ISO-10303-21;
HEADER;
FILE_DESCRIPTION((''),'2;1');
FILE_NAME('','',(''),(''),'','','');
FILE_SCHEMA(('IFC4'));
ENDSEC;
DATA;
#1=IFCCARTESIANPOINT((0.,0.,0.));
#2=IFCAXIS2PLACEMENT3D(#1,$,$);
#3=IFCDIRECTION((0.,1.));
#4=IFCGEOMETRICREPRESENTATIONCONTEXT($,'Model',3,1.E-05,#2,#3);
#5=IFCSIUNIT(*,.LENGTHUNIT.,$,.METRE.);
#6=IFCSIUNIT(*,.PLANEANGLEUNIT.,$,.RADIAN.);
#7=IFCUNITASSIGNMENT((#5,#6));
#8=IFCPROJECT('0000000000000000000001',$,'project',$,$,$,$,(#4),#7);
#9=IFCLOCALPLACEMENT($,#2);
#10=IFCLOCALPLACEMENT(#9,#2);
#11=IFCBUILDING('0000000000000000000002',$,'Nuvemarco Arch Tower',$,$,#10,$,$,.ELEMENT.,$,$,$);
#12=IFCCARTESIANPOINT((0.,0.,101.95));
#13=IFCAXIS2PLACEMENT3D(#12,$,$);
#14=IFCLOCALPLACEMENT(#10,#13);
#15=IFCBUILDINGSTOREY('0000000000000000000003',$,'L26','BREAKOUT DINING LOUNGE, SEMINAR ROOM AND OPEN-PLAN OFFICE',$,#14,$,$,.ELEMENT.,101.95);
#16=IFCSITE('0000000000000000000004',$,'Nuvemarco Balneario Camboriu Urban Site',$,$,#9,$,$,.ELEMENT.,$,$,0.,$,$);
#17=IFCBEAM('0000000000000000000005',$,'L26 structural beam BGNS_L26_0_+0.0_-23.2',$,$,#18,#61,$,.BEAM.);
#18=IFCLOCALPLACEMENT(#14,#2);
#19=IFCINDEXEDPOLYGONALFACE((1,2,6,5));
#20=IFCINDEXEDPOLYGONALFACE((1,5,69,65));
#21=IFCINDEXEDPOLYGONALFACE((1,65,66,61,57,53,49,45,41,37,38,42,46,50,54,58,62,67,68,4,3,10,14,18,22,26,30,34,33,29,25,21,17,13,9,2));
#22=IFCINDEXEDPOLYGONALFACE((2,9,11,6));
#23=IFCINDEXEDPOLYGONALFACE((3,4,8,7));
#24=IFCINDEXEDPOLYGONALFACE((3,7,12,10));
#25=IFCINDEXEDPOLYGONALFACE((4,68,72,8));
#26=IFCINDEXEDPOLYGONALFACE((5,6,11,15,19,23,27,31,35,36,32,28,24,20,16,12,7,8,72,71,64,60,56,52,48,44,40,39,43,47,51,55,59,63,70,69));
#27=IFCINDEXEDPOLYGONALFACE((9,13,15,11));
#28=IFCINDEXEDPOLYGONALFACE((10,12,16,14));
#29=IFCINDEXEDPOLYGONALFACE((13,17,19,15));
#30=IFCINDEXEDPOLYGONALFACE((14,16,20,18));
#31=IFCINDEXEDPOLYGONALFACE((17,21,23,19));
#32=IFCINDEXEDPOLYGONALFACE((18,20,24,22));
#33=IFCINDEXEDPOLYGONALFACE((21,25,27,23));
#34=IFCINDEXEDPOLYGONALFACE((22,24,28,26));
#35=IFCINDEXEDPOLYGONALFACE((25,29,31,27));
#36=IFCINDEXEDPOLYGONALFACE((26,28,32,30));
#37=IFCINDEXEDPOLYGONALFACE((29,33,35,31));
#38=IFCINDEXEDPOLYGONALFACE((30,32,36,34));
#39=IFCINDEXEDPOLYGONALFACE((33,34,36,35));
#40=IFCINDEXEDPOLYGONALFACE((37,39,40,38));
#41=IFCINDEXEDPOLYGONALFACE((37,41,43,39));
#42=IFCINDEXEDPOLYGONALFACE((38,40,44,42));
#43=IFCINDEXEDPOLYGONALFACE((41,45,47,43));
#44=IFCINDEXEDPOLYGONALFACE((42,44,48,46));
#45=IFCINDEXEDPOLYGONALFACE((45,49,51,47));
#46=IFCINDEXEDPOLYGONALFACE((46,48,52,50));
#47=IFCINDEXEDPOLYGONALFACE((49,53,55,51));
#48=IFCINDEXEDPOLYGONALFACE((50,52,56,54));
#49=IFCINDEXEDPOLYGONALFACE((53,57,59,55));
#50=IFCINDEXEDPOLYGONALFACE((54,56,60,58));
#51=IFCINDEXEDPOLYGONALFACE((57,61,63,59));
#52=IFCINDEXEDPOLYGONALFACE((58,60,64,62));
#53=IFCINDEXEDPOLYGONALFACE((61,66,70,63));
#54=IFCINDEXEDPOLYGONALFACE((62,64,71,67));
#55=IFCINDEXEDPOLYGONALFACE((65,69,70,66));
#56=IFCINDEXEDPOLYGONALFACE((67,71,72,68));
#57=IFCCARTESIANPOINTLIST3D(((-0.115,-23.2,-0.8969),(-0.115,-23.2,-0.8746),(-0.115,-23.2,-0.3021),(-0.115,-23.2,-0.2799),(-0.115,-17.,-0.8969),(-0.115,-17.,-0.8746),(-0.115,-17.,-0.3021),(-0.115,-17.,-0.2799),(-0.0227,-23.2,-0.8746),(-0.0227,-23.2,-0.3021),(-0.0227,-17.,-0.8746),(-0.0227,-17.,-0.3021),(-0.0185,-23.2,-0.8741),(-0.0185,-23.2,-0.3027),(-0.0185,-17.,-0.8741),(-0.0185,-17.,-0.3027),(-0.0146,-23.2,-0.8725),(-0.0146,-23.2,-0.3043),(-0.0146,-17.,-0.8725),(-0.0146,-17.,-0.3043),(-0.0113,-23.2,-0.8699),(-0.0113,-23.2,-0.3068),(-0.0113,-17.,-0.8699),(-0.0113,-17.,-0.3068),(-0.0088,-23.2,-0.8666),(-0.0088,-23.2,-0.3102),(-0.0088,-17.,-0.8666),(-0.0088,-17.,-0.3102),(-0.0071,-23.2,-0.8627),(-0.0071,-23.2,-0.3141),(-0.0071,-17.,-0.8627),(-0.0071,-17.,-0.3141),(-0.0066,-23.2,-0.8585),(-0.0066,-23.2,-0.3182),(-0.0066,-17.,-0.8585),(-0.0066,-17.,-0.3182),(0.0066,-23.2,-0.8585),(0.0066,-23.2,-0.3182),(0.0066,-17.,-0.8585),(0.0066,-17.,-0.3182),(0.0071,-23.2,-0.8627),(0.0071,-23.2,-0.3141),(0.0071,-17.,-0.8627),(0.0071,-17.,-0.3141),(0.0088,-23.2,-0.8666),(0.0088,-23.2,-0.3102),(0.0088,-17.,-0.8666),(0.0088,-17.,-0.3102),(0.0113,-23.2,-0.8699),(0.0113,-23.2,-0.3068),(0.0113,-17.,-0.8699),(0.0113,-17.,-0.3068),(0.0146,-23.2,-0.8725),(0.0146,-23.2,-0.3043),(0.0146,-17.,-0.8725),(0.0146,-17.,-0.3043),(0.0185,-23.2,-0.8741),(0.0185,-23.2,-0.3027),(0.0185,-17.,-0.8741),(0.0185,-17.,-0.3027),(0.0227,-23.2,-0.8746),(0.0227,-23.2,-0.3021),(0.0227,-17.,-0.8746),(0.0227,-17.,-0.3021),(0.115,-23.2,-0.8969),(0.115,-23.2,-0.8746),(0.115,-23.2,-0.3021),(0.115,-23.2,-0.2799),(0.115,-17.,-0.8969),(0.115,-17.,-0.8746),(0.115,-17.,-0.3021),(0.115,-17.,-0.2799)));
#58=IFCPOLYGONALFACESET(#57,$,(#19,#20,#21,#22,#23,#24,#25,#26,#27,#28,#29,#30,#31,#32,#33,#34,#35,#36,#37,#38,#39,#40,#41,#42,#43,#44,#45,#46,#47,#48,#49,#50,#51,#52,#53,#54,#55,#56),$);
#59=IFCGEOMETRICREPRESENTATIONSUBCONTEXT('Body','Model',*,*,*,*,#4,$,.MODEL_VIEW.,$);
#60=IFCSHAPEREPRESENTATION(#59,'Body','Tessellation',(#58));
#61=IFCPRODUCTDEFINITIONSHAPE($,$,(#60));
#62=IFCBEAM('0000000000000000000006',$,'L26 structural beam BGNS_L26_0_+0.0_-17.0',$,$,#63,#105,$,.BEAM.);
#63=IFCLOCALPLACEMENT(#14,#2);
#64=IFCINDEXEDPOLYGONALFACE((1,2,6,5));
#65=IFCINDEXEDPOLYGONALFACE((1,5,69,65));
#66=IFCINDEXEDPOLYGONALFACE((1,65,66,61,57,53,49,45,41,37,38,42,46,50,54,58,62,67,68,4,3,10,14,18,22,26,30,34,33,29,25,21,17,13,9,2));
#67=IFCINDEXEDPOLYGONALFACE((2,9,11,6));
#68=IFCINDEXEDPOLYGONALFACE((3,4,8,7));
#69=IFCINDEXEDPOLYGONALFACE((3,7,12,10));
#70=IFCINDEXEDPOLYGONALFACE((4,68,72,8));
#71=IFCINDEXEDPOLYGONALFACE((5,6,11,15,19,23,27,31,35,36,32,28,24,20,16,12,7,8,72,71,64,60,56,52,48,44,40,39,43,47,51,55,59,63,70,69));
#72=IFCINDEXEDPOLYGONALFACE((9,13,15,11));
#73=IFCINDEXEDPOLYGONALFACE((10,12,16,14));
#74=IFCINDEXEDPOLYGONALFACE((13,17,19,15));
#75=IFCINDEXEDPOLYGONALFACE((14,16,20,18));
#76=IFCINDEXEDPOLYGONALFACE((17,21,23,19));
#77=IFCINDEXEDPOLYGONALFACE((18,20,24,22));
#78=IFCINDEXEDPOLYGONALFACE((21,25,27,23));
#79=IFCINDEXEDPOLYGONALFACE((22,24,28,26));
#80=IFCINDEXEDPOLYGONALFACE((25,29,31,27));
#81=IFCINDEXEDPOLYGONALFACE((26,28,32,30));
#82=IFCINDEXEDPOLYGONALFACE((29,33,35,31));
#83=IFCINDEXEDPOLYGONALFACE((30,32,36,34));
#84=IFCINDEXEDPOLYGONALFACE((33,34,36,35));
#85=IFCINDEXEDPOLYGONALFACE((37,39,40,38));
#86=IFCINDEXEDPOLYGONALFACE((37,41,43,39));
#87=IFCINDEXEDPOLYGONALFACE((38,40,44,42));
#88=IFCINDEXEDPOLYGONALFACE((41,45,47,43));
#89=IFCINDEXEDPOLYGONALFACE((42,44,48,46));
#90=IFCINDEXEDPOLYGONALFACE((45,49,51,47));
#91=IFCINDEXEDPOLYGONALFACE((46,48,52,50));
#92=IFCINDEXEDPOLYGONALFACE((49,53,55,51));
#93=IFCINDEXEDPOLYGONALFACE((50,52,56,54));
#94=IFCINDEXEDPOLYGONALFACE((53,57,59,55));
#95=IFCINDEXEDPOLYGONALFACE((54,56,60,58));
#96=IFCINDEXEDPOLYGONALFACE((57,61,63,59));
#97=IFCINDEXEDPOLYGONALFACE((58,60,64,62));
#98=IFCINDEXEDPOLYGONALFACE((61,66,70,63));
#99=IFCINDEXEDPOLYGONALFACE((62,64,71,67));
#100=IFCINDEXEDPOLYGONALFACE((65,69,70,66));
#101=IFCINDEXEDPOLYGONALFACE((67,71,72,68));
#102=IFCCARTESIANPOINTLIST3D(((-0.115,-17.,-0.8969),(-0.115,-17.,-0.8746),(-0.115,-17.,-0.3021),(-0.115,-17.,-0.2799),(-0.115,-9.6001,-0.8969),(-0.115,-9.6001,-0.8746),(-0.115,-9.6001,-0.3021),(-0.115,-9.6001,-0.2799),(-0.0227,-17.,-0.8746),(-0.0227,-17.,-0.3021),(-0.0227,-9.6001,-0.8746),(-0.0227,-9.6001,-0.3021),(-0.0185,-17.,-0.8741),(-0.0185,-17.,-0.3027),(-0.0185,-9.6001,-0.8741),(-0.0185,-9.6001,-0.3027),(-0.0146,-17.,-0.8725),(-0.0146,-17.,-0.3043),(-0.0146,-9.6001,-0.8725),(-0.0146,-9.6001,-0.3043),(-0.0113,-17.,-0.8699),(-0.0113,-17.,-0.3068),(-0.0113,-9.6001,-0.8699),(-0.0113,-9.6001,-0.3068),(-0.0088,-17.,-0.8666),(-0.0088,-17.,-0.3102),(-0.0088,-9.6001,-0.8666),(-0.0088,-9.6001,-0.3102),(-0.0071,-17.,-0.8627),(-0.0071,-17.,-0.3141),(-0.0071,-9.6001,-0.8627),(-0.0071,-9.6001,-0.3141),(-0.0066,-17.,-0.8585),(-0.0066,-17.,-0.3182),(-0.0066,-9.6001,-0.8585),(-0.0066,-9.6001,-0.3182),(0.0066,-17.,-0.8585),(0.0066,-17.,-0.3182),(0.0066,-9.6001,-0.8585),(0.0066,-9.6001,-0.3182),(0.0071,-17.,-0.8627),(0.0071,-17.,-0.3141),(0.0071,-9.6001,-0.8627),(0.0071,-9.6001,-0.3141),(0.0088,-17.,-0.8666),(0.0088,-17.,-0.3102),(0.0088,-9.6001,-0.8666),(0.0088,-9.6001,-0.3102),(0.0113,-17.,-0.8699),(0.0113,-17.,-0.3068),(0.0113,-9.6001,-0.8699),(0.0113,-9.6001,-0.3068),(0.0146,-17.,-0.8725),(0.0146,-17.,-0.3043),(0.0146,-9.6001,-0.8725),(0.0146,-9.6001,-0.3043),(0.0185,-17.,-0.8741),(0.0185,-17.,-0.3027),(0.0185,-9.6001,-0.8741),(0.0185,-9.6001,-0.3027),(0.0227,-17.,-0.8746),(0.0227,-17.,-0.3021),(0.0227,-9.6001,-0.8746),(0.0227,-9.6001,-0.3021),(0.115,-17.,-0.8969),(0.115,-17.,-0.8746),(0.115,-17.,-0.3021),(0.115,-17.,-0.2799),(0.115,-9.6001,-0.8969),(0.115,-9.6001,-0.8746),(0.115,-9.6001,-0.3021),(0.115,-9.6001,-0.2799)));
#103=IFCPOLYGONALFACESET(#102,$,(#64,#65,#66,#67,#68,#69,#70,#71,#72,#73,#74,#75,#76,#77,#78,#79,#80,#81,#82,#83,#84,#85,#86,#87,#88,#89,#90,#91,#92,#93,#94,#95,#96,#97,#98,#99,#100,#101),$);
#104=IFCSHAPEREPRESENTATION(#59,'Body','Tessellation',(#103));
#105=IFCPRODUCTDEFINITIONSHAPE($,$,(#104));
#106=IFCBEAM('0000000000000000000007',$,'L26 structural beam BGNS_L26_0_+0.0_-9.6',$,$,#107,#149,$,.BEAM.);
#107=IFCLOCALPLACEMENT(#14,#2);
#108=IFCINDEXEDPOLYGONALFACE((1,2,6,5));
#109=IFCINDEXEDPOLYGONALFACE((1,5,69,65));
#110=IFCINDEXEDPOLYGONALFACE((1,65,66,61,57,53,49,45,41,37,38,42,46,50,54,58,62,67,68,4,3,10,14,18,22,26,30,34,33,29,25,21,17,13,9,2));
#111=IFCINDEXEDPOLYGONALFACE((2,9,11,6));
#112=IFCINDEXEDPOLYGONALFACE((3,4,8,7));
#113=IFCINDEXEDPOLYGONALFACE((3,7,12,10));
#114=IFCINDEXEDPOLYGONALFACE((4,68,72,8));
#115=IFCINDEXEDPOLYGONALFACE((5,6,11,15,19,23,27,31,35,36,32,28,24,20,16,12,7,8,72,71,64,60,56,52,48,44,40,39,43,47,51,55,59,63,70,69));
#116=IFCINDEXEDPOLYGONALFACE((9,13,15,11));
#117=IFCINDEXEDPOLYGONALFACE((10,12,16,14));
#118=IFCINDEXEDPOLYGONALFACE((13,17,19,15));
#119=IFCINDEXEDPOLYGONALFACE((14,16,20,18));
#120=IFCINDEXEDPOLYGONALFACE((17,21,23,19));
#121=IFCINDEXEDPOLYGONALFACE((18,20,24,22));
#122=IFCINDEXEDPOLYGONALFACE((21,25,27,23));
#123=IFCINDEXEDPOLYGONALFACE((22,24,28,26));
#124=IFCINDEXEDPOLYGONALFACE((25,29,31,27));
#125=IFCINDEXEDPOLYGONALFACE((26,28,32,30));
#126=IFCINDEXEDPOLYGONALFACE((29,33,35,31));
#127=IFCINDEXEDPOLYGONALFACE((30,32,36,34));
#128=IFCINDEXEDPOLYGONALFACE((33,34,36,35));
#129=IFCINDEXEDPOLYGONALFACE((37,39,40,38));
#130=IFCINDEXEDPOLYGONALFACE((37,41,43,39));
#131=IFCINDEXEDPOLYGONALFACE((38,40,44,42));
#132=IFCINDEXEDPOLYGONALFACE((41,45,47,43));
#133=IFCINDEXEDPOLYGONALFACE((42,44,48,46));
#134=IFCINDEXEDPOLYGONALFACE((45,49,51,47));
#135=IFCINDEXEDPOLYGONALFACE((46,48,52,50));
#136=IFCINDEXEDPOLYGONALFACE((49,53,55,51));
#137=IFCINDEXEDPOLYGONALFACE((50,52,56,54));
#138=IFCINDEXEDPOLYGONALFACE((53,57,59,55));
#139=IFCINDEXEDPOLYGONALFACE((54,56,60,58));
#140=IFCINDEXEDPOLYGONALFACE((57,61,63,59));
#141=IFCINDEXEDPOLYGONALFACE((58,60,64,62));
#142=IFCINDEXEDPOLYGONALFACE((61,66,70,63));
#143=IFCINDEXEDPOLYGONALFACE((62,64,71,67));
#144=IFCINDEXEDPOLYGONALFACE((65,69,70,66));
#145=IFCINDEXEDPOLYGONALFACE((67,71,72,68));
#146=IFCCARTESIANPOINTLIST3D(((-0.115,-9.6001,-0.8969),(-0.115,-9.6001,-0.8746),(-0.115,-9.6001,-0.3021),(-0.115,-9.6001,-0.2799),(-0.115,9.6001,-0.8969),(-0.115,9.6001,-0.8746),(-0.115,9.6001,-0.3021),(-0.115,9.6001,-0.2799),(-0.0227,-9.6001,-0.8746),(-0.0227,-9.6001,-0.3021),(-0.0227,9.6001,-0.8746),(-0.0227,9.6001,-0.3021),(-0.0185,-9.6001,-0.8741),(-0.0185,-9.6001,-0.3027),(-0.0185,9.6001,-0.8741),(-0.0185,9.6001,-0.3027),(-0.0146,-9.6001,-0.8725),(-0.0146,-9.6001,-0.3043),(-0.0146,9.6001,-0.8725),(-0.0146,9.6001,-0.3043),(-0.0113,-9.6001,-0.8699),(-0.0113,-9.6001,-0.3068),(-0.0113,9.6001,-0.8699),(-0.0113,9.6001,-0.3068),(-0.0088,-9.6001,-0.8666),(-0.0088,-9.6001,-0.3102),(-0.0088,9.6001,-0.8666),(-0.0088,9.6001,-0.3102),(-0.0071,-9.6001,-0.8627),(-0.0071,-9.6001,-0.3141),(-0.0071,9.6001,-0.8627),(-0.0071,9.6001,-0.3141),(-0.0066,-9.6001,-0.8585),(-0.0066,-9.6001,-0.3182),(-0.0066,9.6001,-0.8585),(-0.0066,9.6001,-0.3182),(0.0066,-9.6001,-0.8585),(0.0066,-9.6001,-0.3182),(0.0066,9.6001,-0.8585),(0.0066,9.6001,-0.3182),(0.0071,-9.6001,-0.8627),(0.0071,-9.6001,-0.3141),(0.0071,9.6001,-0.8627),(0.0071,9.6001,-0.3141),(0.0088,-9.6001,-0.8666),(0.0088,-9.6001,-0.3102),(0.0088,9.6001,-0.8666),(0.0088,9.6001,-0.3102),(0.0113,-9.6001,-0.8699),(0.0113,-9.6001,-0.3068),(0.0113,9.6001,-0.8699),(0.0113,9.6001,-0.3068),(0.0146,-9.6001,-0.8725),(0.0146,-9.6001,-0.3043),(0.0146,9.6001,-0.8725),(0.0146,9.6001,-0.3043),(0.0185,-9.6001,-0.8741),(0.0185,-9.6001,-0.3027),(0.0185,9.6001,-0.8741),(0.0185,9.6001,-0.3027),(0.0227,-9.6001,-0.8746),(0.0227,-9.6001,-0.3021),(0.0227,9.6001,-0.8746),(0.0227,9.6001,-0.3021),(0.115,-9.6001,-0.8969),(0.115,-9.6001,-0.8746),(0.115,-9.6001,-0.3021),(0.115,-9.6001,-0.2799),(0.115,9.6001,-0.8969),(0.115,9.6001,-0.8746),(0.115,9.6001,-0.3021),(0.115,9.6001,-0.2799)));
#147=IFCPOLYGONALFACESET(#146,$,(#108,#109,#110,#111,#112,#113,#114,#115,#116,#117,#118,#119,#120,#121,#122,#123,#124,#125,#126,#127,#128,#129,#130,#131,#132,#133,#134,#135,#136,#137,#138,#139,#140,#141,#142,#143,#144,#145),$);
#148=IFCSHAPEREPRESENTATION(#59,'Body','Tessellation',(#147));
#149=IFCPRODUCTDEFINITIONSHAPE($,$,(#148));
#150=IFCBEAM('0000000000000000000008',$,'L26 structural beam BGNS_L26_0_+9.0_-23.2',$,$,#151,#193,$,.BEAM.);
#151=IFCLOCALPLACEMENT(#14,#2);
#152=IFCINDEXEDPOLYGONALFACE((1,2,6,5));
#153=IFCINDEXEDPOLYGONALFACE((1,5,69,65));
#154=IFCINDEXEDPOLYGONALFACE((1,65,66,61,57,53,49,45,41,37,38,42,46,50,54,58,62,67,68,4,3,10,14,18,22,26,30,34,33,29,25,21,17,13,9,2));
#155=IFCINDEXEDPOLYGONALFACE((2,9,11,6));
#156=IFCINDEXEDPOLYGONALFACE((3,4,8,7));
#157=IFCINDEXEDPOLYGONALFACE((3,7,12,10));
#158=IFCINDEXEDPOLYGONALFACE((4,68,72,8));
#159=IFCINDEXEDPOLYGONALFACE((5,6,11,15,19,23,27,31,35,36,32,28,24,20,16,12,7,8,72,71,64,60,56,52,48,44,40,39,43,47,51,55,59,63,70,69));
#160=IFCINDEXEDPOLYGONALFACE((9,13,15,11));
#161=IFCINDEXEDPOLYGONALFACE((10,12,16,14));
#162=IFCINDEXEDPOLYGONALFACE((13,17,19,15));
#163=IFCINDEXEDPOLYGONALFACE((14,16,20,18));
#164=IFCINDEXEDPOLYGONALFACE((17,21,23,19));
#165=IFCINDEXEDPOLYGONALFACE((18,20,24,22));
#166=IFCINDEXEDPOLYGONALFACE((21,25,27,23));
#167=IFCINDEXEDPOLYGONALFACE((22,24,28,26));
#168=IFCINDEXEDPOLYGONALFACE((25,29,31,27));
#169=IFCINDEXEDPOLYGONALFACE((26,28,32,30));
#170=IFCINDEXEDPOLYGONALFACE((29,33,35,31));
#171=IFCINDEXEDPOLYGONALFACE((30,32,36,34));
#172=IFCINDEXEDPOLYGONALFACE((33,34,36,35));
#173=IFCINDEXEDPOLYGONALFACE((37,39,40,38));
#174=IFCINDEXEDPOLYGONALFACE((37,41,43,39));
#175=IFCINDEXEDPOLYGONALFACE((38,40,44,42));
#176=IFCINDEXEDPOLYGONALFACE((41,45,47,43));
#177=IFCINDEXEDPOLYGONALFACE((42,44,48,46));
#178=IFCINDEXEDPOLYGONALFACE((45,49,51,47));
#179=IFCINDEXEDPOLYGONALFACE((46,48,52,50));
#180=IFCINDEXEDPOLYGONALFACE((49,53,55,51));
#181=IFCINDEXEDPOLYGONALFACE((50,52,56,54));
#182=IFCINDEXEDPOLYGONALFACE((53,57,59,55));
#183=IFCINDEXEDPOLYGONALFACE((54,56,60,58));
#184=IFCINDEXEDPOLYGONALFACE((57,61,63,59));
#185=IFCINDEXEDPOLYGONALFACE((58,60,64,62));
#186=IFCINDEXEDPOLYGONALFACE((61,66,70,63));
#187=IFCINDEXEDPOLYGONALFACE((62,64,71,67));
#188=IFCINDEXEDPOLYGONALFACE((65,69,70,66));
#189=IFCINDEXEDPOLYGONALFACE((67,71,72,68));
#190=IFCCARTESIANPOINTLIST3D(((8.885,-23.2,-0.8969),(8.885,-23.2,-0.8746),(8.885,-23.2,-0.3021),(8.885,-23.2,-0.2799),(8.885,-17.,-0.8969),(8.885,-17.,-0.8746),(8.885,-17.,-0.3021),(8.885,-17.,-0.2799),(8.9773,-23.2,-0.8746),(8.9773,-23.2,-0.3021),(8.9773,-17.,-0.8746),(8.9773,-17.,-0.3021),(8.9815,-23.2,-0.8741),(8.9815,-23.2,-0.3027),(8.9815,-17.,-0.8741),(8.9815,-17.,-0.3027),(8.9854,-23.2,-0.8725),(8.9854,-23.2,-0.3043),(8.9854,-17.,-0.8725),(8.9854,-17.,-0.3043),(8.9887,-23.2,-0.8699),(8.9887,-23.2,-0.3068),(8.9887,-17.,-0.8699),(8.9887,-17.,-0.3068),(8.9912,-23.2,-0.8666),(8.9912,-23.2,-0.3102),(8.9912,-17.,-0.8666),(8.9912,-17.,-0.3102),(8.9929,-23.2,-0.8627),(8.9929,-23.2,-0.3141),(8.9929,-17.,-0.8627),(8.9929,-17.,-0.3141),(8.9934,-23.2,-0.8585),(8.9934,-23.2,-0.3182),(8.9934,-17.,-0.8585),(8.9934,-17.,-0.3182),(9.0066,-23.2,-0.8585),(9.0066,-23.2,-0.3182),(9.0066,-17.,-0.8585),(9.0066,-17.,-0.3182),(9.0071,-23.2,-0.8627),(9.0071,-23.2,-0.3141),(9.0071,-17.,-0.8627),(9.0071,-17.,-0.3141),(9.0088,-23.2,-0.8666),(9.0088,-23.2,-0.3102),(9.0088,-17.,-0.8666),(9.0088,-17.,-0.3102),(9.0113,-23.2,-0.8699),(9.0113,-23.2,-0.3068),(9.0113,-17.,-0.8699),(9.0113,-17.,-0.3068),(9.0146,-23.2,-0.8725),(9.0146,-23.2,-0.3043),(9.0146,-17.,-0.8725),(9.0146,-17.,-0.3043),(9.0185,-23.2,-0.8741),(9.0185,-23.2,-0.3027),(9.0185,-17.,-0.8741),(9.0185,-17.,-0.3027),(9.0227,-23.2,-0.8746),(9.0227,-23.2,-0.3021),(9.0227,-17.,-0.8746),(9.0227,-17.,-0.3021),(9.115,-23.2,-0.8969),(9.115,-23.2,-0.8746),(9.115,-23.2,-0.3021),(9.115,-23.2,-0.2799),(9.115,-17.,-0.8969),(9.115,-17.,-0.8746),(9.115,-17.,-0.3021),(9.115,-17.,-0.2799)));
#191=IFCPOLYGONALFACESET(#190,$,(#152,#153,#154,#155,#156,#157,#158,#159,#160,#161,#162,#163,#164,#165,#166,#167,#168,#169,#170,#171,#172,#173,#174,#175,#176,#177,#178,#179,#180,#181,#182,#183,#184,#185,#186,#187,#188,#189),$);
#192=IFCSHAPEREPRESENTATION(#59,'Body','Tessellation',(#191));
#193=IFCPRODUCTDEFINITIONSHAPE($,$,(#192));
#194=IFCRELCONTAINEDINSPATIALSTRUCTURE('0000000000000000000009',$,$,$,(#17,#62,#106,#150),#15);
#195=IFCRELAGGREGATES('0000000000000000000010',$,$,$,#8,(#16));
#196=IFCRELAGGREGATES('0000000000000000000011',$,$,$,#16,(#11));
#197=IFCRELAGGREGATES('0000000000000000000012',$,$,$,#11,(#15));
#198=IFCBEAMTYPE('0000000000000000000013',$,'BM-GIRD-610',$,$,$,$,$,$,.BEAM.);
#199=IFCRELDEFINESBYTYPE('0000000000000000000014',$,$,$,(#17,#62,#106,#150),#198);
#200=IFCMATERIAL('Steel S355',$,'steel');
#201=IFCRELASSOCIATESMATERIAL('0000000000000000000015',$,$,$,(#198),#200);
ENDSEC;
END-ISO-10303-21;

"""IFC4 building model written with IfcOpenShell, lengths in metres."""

from ifc_helpers import new_model, si_unit, direction, frame, origin, origin_2d, place, context, subcontext, project, spatial, i_section, extrude, material, material_profile, profile_set, type_object, element, save


model = new_model("IFC4")

# Units and contexts
model_context = context("Model", 3, precision=1e-05, world=origin(), true_north=direction((0.0, 1.0)))
body_context = subcontext(model_context, "Body", "Model", "MODEL_VIEW")
ifc_project = project(units=[si_unit("LENGTHUNIT", "METRE"), si_unit("PLANEANGLEUNIT", "RADIAN")], contexts=[model_context])

# Site, building, storey
site_placement = place(None, origin())
site = spatial("IfcSite", under=ifc_project, at=site_placement, Name="Nuvemarco Balneario Camboriu Urban Site", CompositionType="ELEMENT", RefElevation=0.0)
building_placement = place(site_placement, origin())
building = spatial("IfcBuilding", under=site, at=building_placement, Name="Nuvemarco Arch Tower", CompositionType="ELEMENT")
storey_placement = place(building_placement, frame((0.0, 0.0, 101.95)))
storey = spatial("IfcBuildingStorey", under=building, at=storey_placement, Name="L26", Description="BREAKOUT DINING LOUNGE, SEMINAR ROOM AND OPEN-PLAN OFFICE", CompositionType="ELEMENT", Elevation=101.95)

# Shared definitions
ifc_material_1 = material(Name="Steel S355", Category="steel")

# Beams
ifc_material_profile_1 = material_profile(ifc_material_1, i_section(OverallWidth=0.23, OverallDepth=0.6169, WebThickness=0.0132, FlangeThickness=0.0222, FilletRadius=0.0161, at=origin_2d()), Name="W610x140")
ifc_profile_set_1 = profile_set([ifc_material_profile_1], Name="Steel S355")
beam_type_1 = type_object("IfcBeamType", Name="BM-GIRD-610", PredefinedType="BEAM", material=ifc_profile_set_1)
beam_1_placement = place(storey_placement, frame((0.0, -23.2, -0.5884), z_axis=(0.0, 1.0, 0.0), x_axis=(-1.0, 0.0, 0.0)))
element("IfcBeam", 1, at=beam_1_placement, inside=storey, type_object=beam_type_1, Name="L26 structural beam BGNS_L26_0_+0.0_-23.2", PredefinedType="BEAM", context=body_context, shape_type="SweptSolid", body=[
    extrude(i_section(OverallWidth=0.23, OverallDepth=0.6169, WebThickness=0.0132, FlangeThickness=0.0222, FilletRadius=0.0161, at=origin_2d()), origin(), (0.0, 0.0, 1.0), 6.2),
])
beam_2_placement = place(storey_placement, frame((0.0, -17.0, -0.5884), z_axis=(0.0, 1.0, 0.0), x_axis=(-1.0, 0.0, 0.0)))
element("IfcBeam", 2, at=beam_2_placement, inside=storey, type_object=beam_type_1, Name="L26 structural beam BGNS_L26_0_+0.0_-17.0", PredefinedType="BEAM", context=body_context, shape_type="SweptSolid", body=[
    extrude(i_section(OverallWidth=0.23, OverallDepth=0.6169, WebThickness=0.0132, FlangeThickness=0.0222, FilletRadius=0.0161, at=origin_2d()), origin(), (0.0, 0.0, 1.0), 7.3999),
])
beam_3_placement = place(storey_placement, frame((0.0, -9.6001, -0.5884), z_axis=(0.0, 1.0, 0.0), x_axis=(-1.0, 0.0, 0.0)))
element("IfcBeam", 3, at=beam_3_placement, inside=storey, type_object=beam_type_1, Name="L26 structural beam BGNS_L26_0_+0.0_-9.6", PredefinedType="BEAM", context=body_context, shape_type="SweptSolid", body=[
    extrude(i_section(OverallWidth=0.23, OverallDepth=0.6169, WebThickness=0.0132, FlangeThickness=0.0222, FilletRadius=0.0161, at=origin_2d()), origin(), (0.0, 0.0, 1.0), 19.2002),
])
beam_4_placement = place(storey_placement, frame((9.0, -23.2, -0.5884), z_axis=(0.0, 1.0, 0.0), x_axis=(-1.0, 0.0, 0.0)))
element("IfcBeam", 4, at=beam_4_placement, inside=storey, type_object=beam_type_1, Name="L26 structural beam BGNS_L26_0_+9.0_-23.2", PredefinedType="BEAM", context=body_context, shape_type="SweptSolid", body=[
    extrude(i_section(OverallWidth=0.23, OverallDepth=0.6169, WebThickness=0.0132, FlangeThickness=0.0222, FilletRadius=0.0161, at=origin_2d()), origin(), (0.0, 0.0, 1.0), 6.2),
])

save(model, "model.ifc")
